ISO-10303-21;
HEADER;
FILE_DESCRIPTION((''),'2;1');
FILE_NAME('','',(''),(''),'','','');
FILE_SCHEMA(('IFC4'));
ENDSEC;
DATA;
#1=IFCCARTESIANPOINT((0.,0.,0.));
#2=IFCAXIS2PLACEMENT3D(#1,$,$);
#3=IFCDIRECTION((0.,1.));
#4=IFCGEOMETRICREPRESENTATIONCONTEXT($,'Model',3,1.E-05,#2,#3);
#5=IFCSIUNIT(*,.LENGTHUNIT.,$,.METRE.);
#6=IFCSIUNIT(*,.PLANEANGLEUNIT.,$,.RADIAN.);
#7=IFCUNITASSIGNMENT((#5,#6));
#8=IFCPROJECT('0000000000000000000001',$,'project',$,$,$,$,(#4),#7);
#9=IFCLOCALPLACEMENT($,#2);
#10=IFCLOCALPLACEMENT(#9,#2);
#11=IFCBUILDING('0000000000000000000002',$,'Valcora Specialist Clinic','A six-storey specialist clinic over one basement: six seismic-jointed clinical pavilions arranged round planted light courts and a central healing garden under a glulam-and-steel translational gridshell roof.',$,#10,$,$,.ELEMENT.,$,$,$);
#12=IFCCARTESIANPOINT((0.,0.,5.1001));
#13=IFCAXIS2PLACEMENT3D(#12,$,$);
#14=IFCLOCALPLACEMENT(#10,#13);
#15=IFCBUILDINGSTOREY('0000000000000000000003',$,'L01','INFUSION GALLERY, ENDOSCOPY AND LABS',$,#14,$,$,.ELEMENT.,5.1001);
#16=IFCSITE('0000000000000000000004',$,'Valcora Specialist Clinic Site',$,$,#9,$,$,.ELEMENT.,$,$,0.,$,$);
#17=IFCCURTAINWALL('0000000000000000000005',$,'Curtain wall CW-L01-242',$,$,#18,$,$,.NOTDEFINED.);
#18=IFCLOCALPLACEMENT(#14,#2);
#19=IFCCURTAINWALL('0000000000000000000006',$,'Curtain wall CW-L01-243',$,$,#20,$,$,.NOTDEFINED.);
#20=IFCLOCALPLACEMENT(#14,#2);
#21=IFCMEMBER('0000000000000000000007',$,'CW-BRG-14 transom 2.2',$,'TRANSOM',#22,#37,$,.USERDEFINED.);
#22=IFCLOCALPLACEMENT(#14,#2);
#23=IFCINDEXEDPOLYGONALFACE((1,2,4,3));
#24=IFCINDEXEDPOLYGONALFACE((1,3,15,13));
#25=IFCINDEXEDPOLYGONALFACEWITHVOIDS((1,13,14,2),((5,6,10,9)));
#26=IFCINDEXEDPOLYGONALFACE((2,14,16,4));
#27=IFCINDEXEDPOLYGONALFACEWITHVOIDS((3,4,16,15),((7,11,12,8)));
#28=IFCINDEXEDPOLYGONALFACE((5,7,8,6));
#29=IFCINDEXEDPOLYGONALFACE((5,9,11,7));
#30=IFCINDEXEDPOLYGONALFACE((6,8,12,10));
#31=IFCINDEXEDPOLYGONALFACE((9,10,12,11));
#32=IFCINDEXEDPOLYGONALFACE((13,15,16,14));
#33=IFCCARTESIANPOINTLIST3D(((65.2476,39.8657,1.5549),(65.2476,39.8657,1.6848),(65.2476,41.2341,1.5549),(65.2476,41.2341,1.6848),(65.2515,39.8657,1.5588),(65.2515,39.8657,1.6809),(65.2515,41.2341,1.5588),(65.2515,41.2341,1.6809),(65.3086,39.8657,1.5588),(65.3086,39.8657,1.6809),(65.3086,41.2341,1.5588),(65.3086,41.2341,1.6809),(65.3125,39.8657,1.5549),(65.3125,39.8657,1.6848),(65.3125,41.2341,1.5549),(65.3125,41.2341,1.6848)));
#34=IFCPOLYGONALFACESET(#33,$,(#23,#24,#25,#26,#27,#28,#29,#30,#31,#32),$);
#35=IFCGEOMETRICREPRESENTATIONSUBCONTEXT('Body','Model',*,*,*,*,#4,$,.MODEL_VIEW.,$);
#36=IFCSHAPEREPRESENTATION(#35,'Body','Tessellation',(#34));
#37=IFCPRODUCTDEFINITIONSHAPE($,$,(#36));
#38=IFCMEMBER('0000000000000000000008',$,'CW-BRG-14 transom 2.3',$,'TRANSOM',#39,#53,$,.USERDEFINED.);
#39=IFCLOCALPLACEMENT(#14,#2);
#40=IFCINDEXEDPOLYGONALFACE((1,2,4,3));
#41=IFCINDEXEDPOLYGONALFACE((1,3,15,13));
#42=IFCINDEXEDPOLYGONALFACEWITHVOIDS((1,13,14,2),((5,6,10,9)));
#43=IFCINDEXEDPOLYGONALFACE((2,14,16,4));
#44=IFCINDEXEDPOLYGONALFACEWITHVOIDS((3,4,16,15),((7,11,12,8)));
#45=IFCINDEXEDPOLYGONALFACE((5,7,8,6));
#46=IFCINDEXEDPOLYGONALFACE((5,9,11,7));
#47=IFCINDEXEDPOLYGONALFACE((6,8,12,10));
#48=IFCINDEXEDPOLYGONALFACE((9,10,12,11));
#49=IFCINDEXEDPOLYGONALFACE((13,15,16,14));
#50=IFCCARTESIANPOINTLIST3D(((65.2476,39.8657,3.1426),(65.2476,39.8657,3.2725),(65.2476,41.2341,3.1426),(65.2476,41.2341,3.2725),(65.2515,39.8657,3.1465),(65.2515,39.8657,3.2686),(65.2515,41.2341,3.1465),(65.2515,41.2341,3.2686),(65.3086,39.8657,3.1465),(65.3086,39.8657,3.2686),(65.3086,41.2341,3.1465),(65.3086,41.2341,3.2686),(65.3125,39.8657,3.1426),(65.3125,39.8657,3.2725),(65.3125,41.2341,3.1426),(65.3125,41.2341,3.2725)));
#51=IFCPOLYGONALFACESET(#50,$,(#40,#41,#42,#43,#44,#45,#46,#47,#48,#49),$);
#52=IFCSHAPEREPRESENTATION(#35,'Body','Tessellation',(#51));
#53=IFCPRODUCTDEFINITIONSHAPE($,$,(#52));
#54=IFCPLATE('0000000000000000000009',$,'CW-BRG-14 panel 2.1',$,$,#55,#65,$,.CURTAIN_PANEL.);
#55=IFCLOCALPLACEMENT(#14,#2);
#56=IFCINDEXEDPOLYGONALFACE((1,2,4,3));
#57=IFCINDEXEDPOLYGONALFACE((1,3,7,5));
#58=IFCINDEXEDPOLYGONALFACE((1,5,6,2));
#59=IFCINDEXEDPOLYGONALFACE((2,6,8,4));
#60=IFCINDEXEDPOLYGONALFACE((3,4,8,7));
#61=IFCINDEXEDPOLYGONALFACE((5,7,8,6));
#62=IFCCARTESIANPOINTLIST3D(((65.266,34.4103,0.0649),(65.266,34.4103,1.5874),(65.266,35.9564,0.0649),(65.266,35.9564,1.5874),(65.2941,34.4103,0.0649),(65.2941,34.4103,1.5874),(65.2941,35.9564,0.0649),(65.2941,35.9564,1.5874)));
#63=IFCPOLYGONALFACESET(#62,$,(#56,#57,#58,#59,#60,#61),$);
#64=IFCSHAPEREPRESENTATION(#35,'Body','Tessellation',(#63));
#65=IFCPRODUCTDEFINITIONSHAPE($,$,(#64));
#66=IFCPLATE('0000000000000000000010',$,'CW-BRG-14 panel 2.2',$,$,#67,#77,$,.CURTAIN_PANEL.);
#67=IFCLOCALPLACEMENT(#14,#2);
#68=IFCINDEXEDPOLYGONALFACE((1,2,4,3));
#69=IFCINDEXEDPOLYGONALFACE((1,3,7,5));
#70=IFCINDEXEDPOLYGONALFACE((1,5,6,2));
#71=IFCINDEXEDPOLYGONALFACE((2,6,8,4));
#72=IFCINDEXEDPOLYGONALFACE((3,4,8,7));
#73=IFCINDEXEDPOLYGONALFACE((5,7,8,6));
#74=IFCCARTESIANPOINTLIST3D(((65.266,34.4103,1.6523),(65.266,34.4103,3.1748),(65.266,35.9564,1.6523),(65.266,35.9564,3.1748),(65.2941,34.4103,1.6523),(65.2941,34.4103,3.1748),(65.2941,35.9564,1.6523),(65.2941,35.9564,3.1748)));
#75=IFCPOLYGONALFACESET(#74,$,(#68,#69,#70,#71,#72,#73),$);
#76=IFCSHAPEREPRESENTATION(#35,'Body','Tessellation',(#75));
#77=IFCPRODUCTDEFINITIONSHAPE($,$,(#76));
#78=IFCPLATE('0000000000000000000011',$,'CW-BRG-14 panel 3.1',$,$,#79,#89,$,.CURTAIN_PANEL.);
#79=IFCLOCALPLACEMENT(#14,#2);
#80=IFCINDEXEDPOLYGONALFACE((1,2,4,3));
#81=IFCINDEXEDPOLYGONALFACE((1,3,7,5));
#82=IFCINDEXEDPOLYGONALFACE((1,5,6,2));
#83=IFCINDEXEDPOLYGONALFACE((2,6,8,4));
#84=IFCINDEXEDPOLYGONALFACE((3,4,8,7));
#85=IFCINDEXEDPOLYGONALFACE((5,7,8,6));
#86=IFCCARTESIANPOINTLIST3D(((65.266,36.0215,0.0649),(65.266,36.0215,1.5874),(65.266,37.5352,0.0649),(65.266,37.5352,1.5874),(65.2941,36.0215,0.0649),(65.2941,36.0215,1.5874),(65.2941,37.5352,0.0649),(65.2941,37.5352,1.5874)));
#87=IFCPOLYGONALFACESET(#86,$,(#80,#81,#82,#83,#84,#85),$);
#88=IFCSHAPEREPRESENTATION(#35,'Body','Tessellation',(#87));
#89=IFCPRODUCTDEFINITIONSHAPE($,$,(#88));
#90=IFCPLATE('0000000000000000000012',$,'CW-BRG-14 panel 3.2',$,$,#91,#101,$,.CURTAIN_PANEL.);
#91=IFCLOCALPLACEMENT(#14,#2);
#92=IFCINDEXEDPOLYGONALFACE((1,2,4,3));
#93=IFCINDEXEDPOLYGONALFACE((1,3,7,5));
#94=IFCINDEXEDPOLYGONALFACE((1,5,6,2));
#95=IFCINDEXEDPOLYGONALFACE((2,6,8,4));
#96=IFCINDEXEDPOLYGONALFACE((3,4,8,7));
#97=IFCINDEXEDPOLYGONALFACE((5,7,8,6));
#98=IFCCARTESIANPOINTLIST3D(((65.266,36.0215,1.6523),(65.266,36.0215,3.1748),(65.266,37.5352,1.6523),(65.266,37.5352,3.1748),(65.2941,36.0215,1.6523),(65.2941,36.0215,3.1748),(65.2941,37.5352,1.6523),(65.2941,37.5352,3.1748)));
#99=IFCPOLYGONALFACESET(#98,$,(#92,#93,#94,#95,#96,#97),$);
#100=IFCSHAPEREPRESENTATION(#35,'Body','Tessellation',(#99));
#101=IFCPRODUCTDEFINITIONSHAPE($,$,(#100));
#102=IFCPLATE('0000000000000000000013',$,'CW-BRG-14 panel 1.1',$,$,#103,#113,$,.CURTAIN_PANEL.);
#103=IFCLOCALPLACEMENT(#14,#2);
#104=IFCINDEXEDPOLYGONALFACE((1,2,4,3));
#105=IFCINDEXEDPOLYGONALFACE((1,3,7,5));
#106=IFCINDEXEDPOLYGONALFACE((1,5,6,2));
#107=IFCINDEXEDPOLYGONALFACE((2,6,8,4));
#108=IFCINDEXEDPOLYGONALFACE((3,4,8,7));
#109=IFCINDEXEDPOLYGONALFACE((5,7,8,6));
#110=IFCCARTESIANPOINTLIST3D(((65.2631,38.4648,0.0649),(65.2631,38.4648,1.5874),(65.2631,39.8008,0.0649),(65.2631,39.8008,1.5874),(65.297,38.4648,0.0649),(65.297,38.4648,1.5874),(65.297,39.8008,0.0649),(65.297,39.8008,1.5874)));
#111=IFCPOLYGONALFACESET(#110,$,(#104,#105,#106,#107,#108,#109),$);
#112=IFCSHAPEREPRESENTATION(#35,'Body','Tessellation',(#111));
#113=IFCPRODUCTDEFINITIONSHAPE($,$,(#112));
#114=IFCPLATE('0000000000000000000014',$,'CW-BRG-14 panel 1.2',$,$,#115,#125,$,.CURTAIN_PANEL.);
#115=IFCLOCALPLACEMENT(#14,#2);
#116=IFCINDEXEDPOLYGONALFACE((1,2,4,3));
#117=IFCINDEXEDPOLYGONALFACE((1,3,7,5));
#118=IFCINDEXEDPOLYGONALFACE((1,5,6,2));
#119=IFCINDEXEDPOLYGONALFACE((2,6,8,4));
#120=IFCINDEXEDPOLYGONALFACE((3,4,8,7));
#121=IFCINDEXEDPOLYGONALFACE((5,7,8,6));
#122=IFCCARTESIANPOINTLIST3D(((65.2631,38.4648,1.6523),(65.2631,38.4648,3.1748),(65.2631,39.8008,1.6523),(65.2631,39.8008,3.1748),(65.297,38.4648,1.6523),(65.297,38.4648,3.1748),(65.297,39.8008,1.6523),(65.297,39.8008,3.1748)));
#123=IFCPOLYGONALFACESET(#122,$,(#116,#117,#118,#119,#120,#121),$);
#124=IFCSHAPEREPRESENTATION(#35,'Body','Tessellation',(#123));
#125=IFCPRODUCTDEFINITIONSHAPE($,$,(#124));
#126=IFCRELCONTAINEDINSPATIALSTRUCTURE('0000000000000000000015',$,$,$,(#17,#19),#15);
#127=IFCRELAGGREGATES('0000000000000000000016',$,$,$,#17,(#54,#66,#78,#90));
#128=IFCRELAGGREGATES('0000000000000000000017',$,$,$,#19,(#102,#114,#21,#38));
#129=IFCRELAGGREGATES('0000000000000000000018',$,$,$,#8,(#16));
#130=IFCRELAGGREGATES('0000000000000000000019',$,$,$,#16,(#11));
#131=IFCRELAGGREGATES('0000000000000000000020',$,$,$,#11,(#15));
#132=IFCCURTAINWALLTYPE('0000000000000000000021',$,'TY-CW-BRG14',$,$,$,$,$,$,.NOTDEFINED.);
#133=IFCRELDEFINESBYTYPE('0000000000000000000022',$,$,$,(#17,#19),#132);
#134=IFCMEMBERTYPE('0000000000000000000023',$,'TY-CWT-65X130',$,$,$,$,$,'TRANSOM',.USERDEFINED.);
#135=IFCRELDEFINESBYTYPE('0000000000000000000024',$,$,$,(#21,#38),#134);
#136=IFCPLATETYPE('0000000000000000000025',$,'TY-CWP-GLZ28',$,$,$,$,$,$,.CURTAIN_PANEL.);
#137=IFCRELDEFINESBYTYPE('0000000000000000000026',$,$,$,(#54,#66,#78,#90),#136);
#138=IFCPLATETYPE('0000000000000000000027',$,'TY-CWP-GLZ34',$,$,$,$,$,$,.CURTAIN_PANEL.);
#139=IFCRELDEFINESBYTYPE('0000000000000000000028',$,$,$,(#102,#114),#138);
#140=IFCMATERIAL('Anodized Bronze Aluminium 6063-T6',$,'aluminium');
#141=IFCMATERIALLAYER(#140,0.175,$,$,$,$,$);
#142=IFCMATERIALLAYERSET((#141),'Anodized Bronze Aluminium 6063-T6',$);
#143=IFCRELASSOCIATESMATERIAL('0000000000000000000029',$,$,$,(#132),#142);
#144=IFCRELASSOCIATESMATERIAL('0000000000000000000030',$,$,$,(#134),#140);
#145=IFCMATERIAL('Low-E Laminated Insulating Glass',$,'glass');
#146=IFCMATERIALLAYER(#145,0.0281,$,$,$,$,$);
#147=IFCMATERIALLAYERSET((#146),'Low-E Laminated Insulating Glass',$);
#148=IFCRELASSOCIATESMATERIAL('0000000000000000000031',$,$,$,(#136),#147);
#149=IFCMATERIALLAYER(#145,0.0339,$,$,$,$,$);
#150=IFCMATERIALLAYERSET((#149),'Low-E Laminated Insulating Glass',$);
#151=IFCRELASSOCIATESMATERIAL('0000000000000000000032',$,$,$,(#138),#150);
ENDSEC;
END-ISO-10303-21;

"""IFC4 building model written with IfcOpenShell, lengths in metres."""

from ifc_helpers import new_model, si_unit, direction, frame, origin, origin_2d, place, context, subcontext, project, spatial, rectangle, hollow_rectangle, extrude, material, layer, layer_set, material_profile, profile_set, type_object, element, aggregate, save


model = new_model("IFC4")

# Units and contexts
model_context = context("Model", 3, precision=1e-05, world=origin(), true_north=direction((0.0, 1.0)))
body_context = subcontext(model_context, "Body", "Model", "MODEL_VIEW")
ifc_project = project(units=[si_unit("LENGTHUNIT", "METRE"), si_unit("PLANEANGLEUNIT", "RADIAN")], contexts=[model_context])

# Site, building, storey
site_placement = place(None, origin())
site = spatial("IfcSite", under=ifc_project, at=site_placement, Name="Valcora Specialist Clinic Site", CompositionType="ELEMENT", RefElevation=0.0)
building_placement = place(site_placement, origin())
building = spatial("IfcBuilding", under=site, at=building_placement, Name="Valcora Specialist Clinic", Description="A six-storey specialist clinic over one basement: six seismic-jointed clinical pavilions arranged round planted light courts and a central healing garden under a glulam-and-steel translational gridshell roof.", CompositionType="ELEMENT")
storey_placement = place(building_placement, frame((0.0, 0.0, 5.1001)))
storey = spatial("IfcBuildingStorey", under=building, at=storey_placement, Name="L01", Description="INFUSION GALLERY, ENDOSCOPY AND LABS", CompositionType="ELEMENT", Elevation=5.1001)

# Curtain walls
ifc_material_1 = material(Name="Anodized Bronze Aluminium 6063-T6", Category="aluminium")
ifc_layer_1 = layer(ifc_material_1, 0.175)
ifc_layer_set_1 = layer_set([ifc_layer_1], Name="Anodized Bronze Aluminium 6063-T6")
curtain_wall_type = type_object("IfcCurtainWallType", Name="TY-CW-BRG14", PredefinedType="NOTDEFINED", material=ifc_layer_set_1)
curtain_wall_1_placement = place(storey_placement, origin())
curtain_wall_1 = element("IfcCurtainWall", 1, at=curtain_wall_1_placement, inside=storey, type_object=curtain_wall_type, Name="Curtain wall CW-L01-242", PredefinedType="NOTDEFINED")
curtain_wall_2_placement = place(storey_placement, origin())
curtain_wall_2 = element("IfcCurtainWall", 2, at=curtain_wall_2_placement, inside=storey, type_object=curtain_wall_type, Name="Curtain wall CW-L01-243", PredefinedType="NOTDEFINED")

# Members
ifc_material_profile_1 = material_profile(ifc_material_1, hollow_rectangle(XDim=0.0649, YDim=0.1299, WallThickness=0.0039, at=origin_2d()), Name="AL-TRN-65X130")
ifc_profile_set_1 = profile_set([ifc_material_profile_1], Name="Anodized Bronze Aluminium 6063-T6")
member_type_1 = type_object("IfcMemberType", Name="TY-CWT-65X130", ElementType="TRANSOM", PredefinedType="USERDEFINED", material=ifc_profile_set_1)
member_1_placement = place(storey_placement, frame((65.28, 39.8657, 1.6199), z_axis=(0.0, 1.0, 0.0), x_axis=(-1.0, 0.0, 0.0)))
member_1 = element("IfcMember", 3, at=member_1_placement, type_object=member_type_1, Name="CW-BRG-14 transom 2.2", ObjectType="TRANSOM", PredefinedType="USERDEFINED", context=body_context, shape_type="SweptSolid", body=[
    extrude(hollow_rectangle(XDim=0.0649, YDim=0.1299, WallThickness=0.0039, at=origin_2d()), origin(), (0.0, 0.0, 1.0), 1.3684),
])
member_2_placement = place(storey_placement, frame((65.28, 39.8657, 3.2075), z_axis=(0.0, 1.0, 0.0), x_axis=(-1.0, 0.0, 0.0)))
member_2 = element("IfcMember", 4, at=member_2_placement, type_object=member_type_1, Name="CW-BRG-14 transom 2.3", ObjectType="TRANSOM", PredefinedType="USERDEFINED", context=body_context, shape_type="SweptSolid", body=[
    extrude(hollow_rectangle(XDim=0.0649, YDim=0.1299, WallThickness=0.0039, at=origin_2d()), origin(), (0.0, 0.0, 1.0), 1.3684),
])

# Plates
ifc_material_2 = material(Name="Low-E Laminated Insulating Glass", Category="glass")
ifc_layer_2 = layer(ifc_material_2, 0.0281)
ifc_layer_set_2 = layer_set([ifc_layer_2], Name="Low-E Laminated Insulating Glass")
plate_type_1 = type_object("IfcPlateType", Name="TY-CWP-GLZ28", PredefinedType="CURTAIN_PANEL", material=ifc_layer_set_2)
plate_1_placement = place(storey_placement, frame((65.28, 35.1833, 0.0649), z_axis=(0.0, 0.0, 1.0), x_axis=(0.0, 1.0, 0.0)))
plate_1 = element("IfcPlate", 5, at=plate_1_placement, type_object=plate_type_1, Name="CW-BRG-14 panel 2.1", PredefinedType="CURTAIN_PANEL", context=body_context, shape_type="SweptSolid", body=[
    extrude(rectangle(XDim=1.5461, YDim=0.0281, at=origin_2d()), origin(), (0.0, 0.0, 1.0), 1.5225),
])
plate_2_placement = place(storey_placement, frame((65.28, 35.1833, 1.6523), z_axis=(0.0, 0.0, 1.0), x_axis=(0.0, 1.0, 0.0)))
plate_2 = element("IfcPlate", 6, at=plate_2_placement, type_object=plate_type_1, Name="CW-BRG-14 panel 2.2", PredefinedType="CURTAIN_PANEL", context=body_context, shape_type="SweptSolid", body=[
    extrude(rectangle(XDim=1.5461, YDim=0.0281, at=origin_2d()), origin(), (0.0, 0.0, 1.0), 1.5225),
])
plate_3_placement = place(storey_placement, frame((65.28, 36.7783, 0.0649), z_axis=(0.0, 0.0, 1.0), x_axis=(0.0, 1.0, 0.0)))
plate_3 = element("IfcPlate", 7, at=plate_3_placement, type_object=plate_type_1, Name="CW-BRG-14 panel 3.1", PredefinedType="CURTAIN_PANEL", context=body_context, shape_type="SweptSolid", body=[
    extrude(rectangle(XDim=1.5137, YDim=0.0281, at=origin_2d()), origin(), (0.0, 0.0, 1.0), 1.5225),
])
plate_4_placement = place(storey_placement, frame((65.28, 36.7783, 1.6523), z_axis=(0.0, 0.0, 1.0), x_axis=(0.0, 1.0, 0.0)))
plate_4 = element("IfcPlate", 8, at=plate_4_placement, type_object=plate_type_1, Name="CW-BRG-14 panel 3.2", PredefinedType="CURTAIN_PANEL", context=body_context, shape_type="SweptSolid", body=[
    extrude(rectangle(XDim=1.5137, YDim=0.0281, at=origin_2d()), origin(), (0.0, 0.0, 1.0), 1.5225),
])
aggregate(curtain_wall_1, [plate_1, plate_2, plate_3, plate_4])
ifc_layer_3 = layer(ifc_material_2, 0.0339)
ifc_layer_set_3 = layer_set([ifc_layer_3], Name="Low-E Laminated Insulating Glass")
plate_type_2 = type_object("IfcPlateType", Name="TY-CWP-GLZ34", PredefinedType="CURTAIN_PANEL", material=ifc_layer_set_3)
plate_5_placement = place(storey_placement, frame((65.28, 39.1328, 0.0649), z_axis=(0.0, 0.0, 1.0), x_axis=(0.0, 1.0, 0.0)))
plate_5 = element("IfcPlate", 9, at=plate_5_placement, type_object=plate_type_2, Name="CW-BRG-14 panel 1.1", PredefinedType="CURTAIN_PANEL", context=body_context, shape_type="SweptSolid", body=[
    extrude(rectangle(XDim=1.3359, YDim=0.0339, at=origin_2d()), origin(), (0.0, 0.0, 1.0), 1.5225),
])
plate_6_placement = place(storey_placement, frame((65.28, 39.1328, 1.6523), z_axis=(0.0, 0.0, 1.0), x_axis=(0.0, 1.0, 0.0)))
plate_6 = element("IfcPlate", 10, at=plate_6_placement, type_object=plate_type_2, Name="CW-BRG-14 panel 1.2", PredefinedType="CURTAIN_PANEL", context=body_context, shape_type="SweptSolid", body=[
    extrude(rectangle(XDim=1.3359, YDim=0.0339, at=origin_2d()), origin(), (0.0, 0.0, 1.0), 1.5225),
])
aggregate(curtain_wall_2, [plate_5, plate_6, member_1, member_2])

save(model, "model.ifc")
